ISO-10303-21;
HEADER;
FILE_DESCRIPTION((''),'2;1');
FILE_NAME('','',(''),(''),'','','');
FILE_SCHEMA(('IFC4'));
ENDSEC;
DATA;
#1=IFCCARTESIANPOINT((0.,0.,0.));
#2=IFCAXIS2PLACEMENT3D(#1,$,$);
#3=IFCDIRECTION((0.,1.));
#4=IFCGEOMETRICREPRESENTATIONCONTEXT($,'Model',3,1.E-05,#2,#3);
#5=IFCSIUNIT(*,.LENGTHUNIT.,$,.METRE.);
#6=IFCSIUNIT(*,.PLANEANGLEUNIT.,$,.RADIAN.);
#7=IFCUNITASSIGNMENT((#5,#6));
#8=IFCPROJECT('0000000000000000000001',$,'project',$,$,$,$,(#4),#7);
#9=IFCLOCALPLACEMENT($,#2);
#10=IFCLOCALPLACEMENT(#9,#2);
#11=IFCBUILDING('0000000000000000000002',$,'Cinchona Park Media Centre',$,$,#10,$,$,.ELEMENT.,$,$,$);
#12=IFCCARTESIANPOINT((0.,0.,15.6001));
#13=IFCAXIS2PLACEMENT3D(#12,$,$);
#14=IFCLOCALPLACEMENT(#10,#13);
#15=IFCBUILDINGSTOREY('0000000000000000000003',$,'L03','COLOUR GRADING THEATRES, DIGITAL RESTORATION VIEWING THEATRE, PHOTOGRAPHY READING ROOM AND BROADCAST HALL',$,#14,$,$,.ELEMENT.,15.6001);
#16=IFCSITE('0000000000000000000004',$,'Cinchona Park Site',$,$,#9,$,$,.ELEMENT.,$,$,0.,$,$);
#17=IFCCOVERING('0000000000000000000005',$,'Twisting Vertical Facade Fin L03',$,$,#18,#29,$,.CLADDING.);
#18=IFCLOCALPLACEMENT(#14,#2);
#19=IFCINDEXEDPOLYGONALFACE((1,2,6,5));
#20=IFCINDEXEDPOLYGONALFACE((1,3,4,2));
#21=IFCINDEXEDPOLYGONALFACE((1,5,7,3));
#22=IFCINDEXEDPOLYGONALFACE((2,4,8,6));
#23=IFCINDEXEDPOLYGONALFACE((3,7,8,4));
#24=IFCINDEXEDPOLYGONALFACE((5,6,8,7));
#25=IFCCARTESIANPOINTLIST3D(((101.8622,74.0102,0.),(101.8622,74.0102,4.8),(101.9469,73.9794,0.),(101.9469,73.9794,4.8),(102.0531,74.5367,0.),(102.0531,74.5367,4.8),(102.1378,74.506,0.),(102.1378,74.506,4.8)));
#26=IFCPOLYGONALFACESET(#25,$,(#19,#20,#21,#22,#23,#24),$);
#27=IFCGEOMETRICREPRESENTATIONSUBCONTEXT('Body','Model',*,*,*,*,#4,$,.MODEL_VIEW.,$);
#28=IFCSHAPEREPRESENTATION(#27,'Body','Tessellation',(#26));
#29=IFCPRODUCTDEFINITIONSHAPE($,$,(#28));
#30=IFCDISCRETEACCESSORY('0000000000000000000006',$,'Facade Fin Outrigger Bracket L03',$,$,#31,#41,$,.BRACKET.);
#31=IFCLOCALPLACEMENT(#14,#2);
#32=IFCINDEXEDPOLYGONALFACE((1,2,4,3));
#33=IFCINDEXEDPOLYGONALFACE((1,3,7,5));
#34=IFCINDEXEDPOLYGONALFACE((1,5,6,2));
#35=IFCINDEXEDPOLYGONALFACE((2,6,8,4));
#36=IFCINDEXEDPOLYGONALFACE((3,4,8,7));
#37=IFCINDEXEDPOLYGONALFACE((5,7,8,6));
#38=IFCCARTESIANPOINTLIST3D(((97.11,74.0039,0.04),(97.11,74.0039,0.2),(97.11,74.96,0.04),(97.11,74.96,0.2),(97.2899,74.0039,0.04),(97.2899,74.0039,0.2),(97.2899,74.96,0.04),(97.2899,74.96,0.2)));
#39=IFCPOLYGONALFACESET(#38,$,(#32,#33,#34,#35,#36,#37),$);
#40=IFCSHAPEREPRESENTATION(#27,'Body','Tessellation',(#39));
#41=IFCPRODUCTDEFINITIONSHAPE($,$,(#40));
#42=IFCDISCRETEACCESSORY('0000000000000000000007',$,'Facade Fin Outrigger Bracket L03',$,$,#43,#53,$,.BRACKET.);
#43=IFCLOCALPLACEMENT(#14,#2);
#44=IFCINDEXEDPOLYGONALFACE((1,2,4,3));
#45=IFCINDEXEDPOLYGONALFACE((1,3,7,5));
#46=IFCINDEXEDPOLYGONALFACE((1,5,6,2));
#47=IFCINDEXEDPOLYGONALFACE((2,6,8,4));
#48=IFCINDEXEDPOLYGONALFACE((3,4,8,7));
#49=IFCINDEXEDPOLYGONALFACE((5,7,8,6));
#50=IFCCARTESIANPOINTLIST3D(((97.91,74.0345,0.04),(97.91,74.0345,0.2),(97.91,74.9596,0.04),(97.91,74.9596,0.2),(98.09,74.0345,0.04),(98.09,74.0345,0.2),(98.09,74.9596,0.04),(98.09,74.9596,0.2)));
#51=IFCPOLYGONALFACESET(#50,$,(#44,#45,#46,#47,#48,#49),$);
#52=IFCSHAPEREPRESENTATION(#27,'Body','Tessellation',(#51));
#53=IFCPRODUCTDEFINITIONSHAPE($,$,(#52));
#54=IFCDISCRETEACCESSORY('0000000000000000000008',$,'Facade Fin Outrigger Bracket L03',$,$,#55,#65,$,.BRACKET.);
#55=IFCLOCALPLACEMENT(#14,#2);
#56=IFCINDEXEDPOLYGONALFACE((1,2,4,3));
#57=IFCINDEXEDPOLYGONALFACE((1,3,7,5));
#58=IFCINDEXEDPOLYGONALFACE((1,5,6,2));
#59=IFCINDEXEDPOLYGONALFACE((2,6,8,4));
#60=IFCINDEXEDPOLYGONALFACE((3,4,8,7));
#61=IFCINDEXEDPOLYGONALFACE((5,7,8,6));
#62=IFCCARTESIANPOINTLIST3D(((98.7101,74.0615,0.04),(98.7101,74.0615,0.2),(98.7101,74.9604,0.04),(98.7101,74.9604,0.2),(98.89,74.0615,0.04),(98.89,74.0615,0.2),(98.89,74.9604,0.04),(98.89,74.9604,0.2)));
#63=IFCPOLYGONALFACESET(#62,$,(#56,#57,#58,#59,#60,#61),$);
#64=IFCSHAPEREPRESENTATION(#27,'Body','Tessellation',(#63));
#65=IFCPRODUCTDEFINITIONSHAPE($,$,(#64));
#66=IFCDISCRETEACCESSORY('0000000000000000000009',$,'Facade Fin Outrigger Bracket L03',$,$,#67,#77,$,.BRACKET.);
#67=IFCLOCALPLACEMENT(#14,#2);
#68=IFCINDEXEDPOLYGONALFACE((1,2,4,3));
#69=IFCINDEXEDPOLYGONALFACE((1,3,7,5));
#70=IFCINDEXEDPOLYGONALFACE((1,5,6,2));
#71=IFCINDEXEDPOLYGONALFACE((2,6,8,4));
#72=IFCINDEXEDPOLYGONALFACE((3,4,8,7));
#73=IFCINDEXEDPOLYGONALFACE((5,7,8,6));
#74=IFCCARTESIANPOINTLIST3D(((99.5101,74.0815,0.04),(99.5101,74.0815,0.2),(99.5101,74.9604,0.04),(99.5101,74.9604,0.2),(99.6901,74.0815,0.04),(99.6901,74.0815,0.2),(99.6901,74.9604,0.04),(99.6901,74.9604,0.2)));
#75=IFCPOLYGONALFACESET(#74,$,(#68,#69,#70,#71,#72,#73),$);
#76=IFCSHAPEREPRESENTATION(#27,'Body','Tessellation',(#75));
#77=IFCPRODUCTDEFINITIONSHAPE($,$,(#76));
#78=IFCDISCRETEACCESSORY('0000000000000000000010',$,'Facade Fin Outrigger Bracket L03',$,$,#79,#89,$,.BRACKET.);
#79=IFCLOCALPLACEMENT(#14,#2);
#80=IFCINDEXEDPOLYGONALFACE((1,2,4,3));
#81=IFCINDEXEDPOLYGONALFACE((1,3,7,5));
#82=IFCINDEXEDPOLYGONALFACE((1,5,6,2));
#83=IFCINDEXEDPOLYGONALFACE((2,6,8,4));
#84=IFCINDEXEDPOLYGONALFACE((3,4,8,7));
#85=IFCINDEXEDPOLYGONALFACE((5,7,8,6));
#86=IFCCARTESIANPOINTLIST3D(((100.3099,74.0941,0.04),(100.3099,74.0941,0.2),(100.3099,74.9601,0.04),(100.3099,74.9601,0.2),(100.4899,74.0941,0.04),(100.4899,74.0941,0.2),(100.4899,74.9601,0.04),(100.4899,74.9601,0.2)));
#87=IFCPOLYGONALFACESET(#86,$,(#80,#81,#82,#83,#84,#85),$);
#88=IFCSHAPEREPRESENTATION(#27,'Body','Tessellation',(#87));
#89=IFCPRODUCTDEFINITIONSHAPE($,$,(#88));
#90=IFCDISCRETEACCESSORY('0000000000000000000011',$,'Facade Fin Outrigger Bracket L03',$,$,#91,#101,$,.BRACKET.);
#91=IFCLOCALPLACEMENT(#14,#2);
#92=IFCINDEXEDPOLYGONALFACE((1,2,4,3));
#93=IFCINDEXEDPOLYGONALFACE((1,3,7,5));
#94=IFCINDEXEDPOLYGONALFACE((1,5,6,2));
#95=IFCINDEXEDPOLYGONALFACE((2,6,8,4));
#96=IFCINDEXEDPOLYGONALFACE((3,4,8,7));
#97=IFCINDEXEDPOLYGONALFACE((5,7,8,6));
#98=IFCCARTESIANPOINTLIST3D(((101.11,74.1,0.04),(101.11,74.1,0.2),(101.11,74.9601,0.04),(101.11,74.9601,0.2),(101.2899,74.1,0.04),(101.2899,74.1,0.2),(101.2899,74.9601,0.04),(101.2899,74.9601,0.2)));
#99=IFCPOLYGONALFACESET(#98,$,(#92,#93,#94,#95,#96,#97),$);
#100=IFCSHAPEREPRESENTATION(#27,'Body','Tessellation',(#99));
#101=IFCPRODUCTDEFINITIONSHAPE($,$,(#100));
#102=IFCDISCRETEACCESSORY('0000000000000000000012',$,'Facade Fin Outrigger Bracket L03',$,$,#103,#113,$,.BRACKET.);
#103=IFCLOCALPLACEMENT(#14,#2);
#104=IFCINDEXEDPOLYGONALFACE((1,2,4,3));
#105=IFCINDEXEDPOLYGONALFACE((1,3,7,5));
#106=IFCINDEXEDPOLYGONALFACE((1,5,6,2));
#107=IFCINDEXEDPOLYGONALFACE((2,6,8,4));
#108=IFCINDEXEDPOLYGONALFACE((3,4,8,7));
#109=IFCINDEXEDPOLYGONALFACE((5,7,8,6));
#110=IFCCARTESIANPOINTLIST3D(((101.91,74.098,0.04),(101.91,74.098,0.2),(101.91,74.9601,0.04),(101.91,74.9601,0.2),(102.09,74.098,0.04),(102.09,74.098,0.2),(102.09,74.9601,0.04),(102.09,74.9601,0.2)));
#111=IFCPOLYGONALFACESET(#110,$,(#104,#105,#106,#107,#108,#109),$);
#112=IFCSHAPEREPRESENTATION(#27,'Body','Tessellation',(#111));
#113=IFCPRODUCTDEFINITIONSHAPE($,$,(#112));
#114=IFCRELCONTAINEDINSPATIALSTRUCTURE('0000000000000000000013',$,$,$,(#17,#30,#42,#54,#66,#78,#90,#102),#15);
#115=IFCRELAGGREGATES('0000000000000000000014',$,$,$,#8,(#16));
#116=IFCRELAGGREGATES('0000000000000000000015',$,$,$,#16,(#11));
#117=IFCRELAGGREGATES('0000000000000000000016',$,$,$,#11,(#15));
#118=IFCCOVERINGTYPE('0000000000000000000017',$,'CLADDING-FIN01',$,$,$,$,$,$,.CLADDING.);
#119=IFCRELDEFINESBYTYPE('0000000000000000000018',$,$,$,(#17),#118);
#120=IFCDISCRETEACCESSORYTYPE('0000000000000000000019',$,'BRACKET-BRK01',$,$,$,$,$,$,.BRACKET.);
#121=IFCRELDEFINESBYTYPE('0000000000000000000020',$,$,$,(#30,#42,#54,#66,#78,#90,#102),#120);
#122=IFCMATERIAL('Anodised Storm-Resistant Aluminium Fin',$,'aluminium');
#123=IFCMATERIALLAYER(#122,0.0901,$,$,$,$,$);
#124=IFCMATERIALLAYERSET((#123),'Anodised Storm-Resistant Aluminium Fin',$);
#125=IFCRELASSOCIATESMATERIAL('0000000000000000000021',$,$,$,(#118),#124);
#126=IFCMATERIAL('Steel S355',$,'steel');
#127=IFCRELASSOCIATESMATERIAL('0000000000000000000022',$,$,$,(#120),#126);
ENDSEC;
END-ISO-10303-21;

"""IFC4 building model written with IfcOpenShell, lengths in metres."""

from ifc_helpers import new_model, si_unit, direction, frame, origin, origin_2d, place, context, subcontext, project, spatial, rectangle, extrude, material, layer, layer_set, type_object, element, save


model = new_model("IFC4")

# Units and contexts
model_context = context("Model", 3, precision=1e-05, world=origin(), true_north=direction((0.0, 1.0)))
body_context = subcontext(model_context, "Body", "Model", "MODEL_VIEW")
ifc_project = project(units=[si_unit("LENGTHUNIT", "METRE"), si_unit("PLANEANGLEUNIT", "RADIAN")], contexts=[model_context])

# Site, building, storey
site_placement = place(None, origin())
site = spatial("IfcSite", under=ifc_project, at=site_placement, Name="Cinchona Park Site", CompositionType="ELEMENT", RefElevation=0.0)
building_placement = place(site_placement, origin())
building = spatial("IfcBuilding", under=site, at=building_placement, Name="Cinchona Park Media Centre", CompositionType="ELEMENT")
storey_placement = place(building_placement, frame((0.0, 0.0, 15.6001)))
storey = spatial("IfcBuildingStorey", under=building, at=storey_placement, Name="L03", Description="COLOUR GRADING THEATRES, DIGITAL RESTORATION VIEWING THEATRE, PHOTOGRAPHY READING ROOM AND BROADCAST HALL", CompositionType="ELEMENT", Elevation=15.6001)

# Covering
ifc_material_1 = material(Name="Anodised Storm-Resistant Aluminium Fin", Category="aluminium")
ifc_layer_1 = layer(ifc_material_1, 0.0901)
ifc_layer_set_1 = layer_set([ifc_layer_1], Name="Anodised Storm-Resistant Aluminium Fin")
covering_type = type_object("IfcCoveringType", Name="CLADDING-FIN01", PredefinedType="CLADDING", material=ifc_layer_set_1)
for number, where, z_axis, x_axis, name in (
    (1, (102.0, 74.2581, 0.0), (0.0, 0.0, 1.0), (0.340872, 0.94011, 0.0), "Twisting Vertical Facade Fin L03"),
):
    element("IfcCovering", number, at=place(storey_placement, frame(where, z_axis=z_axis, x_axis=x_axis)), inside=storey, type_object=covering_type, Name=name, PredefinedType="CLADDING", context=body_context, shape_type="SweptSolid", body=[
        extrude(rectangle(XDim=0.5601, YDim=0.0901, at=origin_2d()), origin(), (0.0, 0.0, 1.0), 4.8),
    ])

# Discrete accessories
ifc_material_2 = material(Name="Steel S355", Category="steel")
discrete_accessory_type = type_object("IfcDiscreteAccessoryType", Name="BRACKET-BRK01", PredefinedType="BRACKET", material=ifc_material_2)
discrete_accessory_1_placement = place(storey_placement, frame((97.2, 74.4819, 0.04), z_axis=(0.0, 0.0, 1.0), x_axis=(1.0, 0.0, 0.0)))
element("IfcDiscreteAccessory", 2, at=discrete_accessory_1_placement, inside=storey, type_object=discrete_accessory_type, Name="Facade Fin Outrigger Bracket L03", PredefinedType="BRACKET", context=body_context, shape_type="SweptSolid", body=[
    extrude(rectangle(XDim=0.1799, YDim=0.9561, at=origin_2d()), origin(), (0.0, 0.0, 1.0), 0.1599),
])
discrete_accessory_2_placement = place(storey_placement, frame((98.0, 74.4971, 0.04), z_axis=(0.0, 0.0, 1.0), x_axis=(1.0, 0.0, 0.0)))
element("IfcDiscreteAccessory", 3, at=discrete_accessory_2_placement, inside=storey, type_object=discrete_accessory_type, Name="Facade Fin Outrigger Bracket L03", PredefinedType="BRACKET", context=body_context, shape_type="SweptSolid", body=[
    extrude(rectangle(XDim=0.1799, YDim=0.925, at=origin_2d()), origin(), (0.0, 0.0, 1.0), 0.1599),
])
discrete_accessory_3_placement = place(storey_placement, frame((98.8, 74.511, 0.04), z_axis=(0.0, 0.0, 1.0), x_axis=(1.0, 0.0, 0.0)))
element("IfcDiscreteAccessory", 4, at=discrete_accessory_3_placement, inside=storey, type_object=discrete_accessory_type, Name="Facade Fin Outrigger Bracket L03", PredefinedType="BRACKET", context=body_context, shape_type="SweptSolid", body=[
    extrude(rectangle(XDim=0.1799, YDim=0.8989, at=origin_2d()), origin(), (0.0, 0.0, 1.0), 0.1599),
])
discrete_accessory_4_placement = place(storey_placement, frame((99.6001, 74.521, 0.04), z_axis=(0.0, 0.0, 1.0), x_axis=(1.0, 0.0, 0.0)))
element("IfcDiscreteAccessory", 5, at=discrete_accessory_4_placement, inside=storey, type_object=discrete_accessory_type, Name="Facade Fin Outrigger Bracket L03", PredefinedType="BRACKET", context=body_context, shape_type="SweptSolid", body=[
    extrude(rectangle(XDim=0.1799, YDim=0.8789, at=origin_2d()), origin(), (0.0, 0.0, 1.0), 0.1599),
])
discrete_accessory_5_placement = place(storey_placement, frame((100.3999, 74.5271, 0.04), z_axis=(0.0, 0.0, 1.0), x_axis=(1.0, 0.0, 0.0)))
element("IfcDiscreteAccessory", 6, at=discrete_accessory_5_placement, inside=storey, type_object=discrete_accessory_type, Name="Facade Fin Outrigger Bracket L03", PredefinedType="BRACKET", context=body_context, shape_type="SweptSolid", body=[
    extrude(rectangle(XDim=0.1799, YDim=0.866, at=origin_2d()), origin(), (0.0, 0.0, 1.0), 0.1599),
])
discrete_accessory_6_placement = place(storey_placement, frame((101.2, 74.53, 0.04), z_axis=(0.0, 0.0, 1.0), x_axis=(1.0, 0.0, 0.0)))
element("IfcDiscreteAccessory", 7, at=discrete_accessory_6_placement, inside=storey, type_object=discrete_accessory_type, Name="Facade Fin Outrigger Bracket L03", PredefinedType="BRACKET", context=body_context, shape_type="SweptSolid", body=[
    extrude(rectangle(XDim=0.1799, YDim=0.8601, at=origin_2d()), origin(), (0.0, 0.0, 1.0), 0.1599),
])
discrete_accessory_7_placement = place(storey_placement, frame((102.0, 74.5291, 0.04), z_axis=(0.0, 0.0, 1.0), x_axis=(1.0, 0.0, 0.0)))
element("IfcDiscreteAccessory", 8, at=discrete_accessory_7_placement, inside=storey, type_object=discrete_accessory_type, Name="Facade Fin Outrigger Bracket L03", PredefinedType="BRACKET", context=body_context, shape_type="SweptSolid", body=[
    extrude(rectangle(XDim=0.1799, YDim=0.8621, at=origin_2d()), origin(), (0.0, 0.0, 1.0), 0.1599),
])

save(model, "model.ifc")
